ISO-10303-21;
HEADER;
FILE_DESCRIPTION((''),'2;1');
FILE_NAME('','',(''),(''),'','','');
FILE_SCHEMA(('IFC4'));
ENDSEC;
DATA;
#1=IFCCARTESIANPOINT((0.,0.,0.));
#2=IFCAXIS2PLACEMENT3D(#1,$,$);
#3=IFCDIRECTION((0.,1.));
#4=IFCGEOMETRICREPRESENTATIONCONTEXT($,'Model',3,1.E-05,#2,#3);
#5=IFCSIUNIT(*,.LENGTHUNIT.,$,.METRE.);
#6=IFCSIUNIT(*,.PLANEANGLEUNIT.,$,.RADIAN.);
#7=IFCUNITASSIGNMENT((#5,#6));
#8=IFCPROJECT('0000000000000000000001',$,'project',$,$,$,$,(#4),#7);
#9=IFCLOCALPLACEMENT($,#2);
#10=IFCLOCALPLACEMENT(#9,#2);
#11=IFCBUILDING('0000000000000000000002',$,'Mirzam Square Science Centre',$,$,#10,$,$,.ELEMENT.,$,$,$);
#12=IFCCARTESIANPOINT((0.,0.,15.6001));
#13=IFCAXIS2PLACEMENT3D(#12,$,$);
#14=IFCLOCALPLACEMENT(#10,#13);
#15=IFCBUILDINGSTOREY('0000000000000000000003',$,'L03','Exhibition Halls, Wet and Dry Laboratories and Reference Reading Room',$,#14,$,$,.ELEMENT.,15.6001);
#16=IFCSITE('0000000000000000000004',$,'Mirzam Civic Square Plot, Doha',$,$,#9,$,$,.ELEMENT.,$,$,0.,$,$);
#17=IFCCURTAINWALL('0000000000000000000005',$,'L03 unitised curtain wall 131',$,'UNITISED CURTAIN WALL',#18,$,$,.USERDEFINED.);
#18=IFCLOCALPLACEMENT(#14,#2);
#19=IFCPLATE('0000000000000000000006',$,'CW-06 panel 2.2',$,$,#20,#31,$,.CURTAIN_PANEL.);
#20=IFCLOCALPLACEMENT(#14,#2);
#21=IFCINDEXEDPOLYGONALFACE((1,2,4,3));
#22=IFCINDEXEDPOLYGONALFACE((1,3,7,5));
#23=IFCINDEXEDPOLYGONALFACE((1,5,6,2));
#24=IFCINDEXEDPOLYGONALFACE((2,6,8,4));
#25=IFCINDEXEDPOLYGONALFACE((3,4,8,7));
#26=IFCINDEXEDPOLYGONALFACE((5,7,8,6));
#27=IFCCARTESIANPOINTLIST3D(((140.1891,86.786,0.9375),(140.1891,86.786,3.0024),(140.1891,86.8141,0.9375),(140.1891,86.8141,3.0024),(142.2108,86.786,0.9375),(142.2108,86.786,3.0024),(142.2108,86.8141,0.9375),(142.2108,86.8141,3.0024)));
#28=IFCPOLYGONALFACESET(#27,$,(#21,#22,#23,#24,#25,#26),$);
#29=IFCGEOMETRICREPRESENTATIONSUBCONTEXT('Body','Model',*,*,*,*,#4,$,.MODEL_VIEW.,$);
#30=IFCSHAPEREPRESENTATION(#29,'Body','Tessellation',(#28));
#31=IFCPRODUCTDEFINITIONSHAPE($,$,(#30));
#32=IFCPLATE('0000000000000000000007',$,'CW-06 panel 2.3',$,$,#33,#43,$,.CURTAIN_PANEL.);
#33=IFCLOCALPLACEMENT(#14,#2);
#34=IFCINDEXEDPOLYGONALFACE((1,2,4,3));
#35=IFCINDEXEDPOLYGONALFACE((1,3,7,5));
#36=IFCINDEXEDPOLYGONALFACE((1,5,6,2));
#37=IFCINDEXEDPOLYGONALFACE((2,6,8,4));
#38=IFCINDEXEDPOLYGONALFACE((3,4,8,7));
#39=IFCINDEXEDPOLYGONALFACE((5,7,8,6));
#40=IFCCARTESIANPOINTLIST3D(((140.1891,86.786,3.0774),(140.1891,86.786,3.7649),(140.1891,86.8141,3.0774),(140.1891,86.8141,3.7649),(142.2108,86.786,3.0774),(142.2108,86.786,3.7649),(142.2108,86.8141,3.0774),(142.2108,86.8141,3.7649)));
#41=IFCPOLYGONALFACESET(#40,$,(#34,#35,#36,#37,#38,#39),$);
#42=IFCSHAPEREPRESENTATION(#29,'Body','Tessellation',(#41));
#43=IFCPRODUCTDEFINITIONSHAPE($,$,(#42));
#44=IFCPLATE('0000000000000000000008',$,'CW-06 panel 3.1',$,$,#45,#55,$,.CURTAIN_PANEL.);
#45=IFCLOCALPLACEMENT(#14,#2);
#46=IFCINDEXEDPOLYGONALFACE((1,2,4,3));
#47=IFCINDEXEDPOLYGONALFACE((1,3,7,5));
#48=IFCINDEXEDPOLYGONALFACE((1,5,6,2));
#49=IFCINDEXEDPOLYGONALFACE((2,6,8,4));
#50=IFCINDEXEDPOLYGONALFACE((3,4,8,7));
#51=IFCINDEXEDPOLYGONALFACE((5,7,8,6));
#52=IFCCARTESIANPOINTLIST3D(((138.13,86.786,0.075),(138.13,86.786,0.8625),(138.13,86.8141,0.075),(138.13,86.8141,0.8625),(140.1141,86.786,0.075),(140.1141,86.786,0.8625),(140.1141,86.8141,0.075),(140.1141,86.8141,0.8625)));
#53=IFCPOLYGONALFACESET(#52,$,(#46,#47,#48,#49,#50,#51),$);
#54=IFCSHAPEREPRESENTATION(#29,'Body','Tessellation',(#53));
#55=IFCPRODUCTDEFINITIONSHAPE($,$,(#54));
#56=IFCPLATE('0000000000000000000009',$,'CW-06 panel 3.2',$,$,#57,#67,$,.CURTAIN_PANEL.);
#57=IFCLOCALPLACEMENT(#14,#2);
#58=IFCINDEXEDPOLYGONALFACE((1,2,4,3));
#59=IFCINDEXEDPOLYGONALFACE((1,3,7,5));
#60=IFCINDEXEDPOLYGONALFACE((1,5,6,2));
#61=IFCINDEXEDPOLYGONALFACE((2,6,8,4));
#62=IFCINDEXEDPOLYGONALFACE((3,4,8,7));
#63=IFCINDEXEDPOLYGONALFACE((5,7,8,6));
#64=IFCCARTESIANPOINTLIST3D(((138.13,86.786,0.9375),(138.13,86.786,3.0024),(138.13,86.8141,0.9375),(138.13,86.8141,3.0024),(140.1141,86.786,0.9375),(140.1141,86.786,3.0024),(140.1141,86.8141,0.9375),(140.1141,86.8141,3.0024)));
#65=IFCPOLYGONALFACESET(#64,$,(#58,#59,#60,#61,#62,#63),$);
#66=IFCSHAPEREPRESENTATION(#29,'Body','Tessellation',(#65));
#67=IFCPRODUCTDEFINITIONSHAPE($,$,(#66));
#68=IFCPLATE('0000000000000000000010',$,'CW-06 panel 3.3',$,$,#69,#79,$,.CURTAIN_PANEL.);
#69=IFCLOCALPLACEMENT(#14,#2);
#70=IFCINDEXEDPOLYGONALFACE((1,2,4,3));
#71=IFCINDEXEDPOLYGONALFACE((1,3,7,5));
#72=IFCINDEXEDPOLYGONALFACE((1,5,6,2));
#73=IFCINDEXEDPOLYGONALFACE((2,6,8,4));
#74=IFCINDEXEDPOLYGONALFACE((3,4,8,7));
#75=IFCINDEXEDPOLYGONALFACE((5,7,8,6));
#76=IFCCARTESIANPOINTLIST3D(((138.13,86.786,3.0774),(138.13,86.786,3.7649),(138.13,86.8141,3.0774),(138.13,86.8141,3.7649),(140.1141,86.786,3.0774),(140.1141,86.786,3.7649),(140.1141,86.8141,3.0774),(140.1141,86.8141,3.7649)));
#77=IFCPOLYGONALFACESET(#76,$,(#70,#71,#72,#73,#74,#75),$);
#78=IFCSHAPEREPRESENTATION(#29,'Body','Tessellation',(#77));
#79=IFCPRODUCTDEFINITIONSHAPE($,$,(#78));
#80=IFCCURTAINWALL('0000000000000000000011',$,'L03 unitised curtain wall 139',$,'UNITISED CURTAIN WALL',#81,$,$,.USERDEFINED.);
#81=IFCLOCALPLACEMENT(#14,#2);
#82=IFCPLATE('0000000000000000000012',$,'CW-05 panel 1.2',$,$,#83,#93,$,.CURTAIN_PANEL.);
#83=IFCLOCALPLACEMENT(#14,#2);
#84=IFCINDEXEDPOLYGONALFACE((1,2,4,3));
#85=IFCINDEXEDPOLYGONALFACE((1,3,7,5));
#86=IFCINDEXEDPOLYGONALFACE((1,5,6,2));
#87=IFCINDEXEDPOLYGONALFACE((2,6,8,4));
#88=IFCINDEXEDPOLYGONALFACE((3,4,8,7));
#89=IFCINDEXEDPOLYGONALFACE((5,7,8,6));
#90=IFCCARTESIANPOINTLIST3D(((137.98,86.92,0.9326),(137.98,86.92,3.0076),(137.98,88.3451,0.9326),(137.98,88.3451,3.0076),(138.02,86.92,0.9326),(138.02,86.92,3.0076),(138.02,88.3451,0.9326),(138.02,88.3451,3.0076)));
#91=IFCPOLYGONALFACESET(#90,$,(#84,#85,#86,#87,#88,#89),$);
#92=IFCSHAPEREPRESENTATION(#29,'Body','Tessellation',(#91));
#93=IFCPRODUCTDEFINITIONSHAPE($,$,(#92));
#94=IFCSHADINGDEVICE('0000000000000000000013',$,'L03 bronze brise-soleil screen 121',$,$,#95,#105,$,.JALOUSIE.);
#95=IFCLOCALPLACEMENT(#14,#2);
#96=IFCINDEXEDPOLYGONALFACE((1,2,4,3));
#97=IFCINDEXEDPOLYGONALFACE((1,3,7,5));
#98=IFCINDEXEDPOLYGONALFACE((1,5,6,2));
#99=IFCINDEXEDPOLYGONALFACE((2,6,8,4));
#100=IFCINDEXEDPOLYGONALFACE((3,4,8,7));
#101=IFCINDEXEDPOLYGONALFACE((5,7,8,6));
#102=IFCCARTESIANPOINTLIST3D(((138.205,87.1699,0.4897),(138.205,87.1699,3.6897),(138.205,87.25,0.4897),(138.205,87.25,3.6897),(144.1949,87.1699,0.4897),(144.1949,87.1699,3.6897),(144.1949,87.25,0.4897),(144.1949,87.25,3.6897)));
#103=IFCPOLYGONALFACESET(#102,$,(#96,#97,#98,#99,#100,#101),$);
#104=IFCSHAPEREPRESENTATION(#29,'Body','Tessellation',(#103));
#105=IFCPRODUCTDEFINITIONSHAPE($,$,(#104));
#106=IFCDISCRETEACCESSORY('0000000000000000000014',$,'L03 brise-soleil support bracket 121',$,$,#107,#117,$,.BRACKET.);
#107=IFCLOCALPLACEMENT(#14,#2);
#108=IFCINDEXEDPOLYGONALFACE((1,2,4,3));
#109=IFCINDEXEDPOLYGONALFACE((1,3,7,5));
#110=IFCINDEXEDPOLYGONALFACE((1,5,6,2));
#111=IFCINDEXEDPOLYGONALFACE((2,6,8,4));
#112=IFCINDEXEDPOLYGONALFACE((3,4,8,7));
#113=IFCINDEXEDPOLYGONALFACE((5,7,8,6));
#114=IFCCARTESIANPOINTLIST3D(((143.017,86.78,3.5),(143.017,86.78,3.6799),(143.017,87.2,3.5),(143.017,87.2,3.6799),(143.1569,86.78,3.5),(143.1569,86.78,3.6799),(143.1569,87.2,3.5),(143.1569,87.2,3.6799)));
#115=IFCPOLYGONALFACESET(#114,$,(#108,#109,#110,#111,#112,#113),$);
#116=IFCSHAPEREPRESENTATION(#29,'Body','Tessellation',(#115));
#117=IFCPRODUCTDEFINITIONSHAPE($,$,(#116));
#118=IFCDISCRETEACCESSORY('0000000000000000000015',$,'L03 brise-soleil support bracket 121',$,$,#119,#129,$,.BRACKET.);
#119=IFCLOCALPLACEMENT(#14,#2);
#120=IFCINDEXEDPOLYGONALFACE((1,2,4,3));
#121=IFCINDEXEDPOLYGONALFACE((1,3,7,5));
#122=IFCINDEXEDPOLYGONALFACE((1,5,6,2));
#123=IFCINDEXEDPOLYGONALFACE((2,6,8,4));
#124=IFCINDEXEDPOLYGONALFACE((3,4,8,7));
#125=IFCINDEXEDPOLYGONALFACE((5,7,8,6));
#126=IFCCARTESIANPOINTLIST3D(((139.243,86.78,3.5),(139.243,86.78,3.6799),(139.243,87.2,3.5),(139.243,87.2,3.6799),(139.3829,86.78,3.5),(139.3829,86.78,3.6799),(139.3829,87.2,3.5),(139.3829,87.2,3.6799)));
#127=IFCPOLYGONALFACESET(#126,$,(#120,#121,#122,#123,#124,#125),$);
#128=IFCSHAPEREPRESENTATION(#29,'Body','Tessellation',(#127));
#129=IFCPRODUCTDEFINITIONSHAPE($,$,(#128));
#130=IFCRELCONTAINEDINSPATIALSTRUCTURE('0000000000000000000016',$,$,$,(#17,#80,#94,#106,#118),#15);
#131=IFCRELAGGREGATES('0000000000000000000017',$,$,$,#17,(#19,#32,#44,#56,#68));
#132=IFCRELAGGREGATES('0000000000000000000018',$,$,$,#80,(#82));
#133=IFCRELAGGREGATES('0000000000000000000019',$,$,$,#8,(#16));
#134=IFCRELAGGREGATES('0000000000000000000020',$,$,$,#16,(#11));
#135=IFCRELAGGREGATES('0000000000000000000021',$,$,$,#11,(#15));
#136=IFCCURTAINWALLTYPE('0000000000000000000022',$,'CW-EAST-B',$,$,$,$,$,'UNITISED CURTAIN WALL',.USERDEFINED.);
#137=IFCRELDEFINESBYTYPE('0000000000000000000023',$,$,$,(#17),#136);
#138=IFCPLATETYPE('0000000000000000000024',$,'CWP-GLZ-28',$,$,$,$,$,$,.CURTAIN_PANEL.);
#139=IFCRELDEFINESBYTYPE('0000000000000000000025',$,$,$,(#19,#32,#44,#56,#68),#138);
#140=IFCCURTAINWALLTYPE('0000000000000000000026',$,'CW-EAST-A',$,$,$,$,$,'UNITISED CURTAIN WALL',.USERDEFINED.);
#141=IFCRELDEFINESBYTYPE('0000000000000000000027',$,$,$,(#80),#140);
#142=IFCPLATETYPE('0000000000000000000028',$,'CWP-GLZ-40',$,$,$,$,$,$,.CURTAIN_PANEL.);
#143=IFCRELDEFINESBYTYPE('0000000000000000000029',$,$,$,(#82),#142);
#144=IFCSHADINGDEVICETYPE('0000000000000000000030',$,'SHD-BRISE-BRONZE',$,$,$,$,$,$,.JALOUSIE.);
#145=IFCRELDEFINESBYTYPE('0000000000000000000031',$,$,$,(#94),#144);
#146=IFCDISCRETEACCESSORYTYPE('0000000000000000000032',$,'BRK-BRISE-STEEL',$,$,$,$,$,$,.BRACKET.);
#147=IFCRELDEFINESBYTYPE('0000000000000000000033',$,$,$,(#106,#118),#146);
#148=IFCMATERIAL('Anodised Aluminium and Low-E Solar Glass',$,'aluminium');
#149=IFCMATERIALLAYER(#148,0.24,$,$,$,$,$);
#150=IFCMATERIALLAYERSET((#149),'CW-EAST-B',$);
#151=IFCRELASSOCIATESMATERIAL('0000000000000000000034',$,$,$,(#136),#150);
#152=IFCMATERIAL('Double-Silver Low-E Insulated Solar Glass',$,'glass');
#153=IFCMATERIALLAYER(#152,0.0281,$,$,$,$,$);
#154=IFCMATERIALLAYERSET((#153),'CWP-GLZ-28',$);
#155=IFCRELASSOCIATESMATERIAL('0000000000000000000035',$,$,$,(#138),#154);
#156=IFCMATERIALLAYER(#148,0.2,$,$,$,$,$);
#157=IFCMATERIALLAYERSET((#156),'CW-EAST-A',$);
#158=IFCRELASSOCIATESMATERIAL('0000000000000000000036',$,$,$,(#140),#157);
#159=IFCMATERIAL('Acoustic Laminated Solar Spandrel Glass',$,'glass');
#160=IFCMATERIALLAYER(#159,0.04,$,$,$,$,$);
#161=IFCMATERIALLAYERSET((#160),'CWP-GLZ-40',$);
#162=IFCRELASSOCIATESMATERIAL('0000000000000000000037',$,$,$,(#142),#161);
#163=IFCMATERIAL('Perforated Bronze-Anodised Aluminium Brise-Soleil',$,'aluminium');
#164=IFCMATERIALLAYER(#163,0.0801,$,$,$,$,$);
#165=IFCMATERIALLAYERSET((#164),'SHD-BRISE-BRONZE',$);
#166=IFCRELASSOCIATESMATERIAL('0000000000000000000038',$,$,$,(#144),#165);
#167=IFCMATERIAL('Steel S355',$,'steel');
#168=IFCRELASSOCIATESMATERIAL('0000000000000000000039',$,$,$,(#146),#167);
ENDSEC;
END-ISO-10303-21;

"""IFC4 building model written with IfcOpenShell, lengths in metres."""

from ifc_helpers import new_model, si_unit, direction, frame, origin, origin_2d, place, context, subcontext, project, spatial, rectangle, extrude, material, layer, layer_set, type_object, element, aggregate, save


model = new_model("IFC4")

# Units and contexts
model_context = context("Model", 3, precision=1e-05, world=origin(), true_north=direction((0.0, 1.0)))
body_context = subcontext(model_context, "Body", "Model", "MODEL_VIEW")
ifc_project = project(units=[si_unit("LENGTHUNIT", "METRE"), si_unit("PLANEANGLEUNIT", "RADIAN")], contexts=[model_context])

# Site, building, storey
site_placement = place(None, origin())
site = spatial("IfcSite", under=ifc_project, at=site_placement, Name="Mirzam Civic Square Plot, Doha", CompositionType="ELEMENT", RefElevation=0.0)
building_placement = place(site_placement, origin())
building = spatial("IfcBuilding", under=site, at=building_placement, Name="Mirzam Square Science Centre", CompositionType="ELEMENT")
storey_placement = place(building_placement, frame((0.0, 0.0, 15.6001)))
storey = spatial("IfcBuildingStorey", under=building, at=storey_placement, Name="L03", Description="Exhibition Halls, Wet and Dry Laboratories and Reference Reading Room", CompositionType="ELEMENT", Elevation=15.6001)

# Shared definitions
ifc_material_1 = material(Name="Steel S355", Category="steel")

# Curtain wall
ifc_material_2 = material(Name="Anodised Aluminium and Low-E Solar Glass", Category="aluminium")
ifc_layer_1 = layer(ifc_material_2, 0.24)
ifc_layer_set_1 = layer_set([ifc_layer_1], Name="CW-EAST-B")
curtain_wall_type_1 = type_object("IfcCurtainWallType", Name="CW-EAST-B", ElementType="UNITISED CURTAIN WALL", PredefinedType="USERDEFINED", material=ifc_layer_set_1)
curtain_wall_1_placement = place(storey_placement, origin())
curtain_wall_1 = element("IfcCurtainWall", 1, at=curtain_wall_1_placement, inside=storey, type_object=curtain_wall_type_1, Name="L03 unitised curtain wall 131", ObjectType="UNITISED CURTAIN WALL", PredefinedType="USERDEFINED")

# Plates
ifc_material_3 = material(Name="Double-Silver Low-E Insulated Solar Glass", Category="glass")
ifc_layer_2 = layer(ifc_material_3, 0.0281)
ifc_layer_set_2 = layer_set([ifc_layer_2], Name="CWP-GLZ-28")
plate_type_1 = type_object("IfcPlateType", Name="CWP-GLZ-28", PredefinedType="CURTAIN_PANEL", material=ifc_layer_set_2)
plate_1_placement = place(storey_placement, frame((141.2, 86.8, 0.9375), z_axis=(0.0, 0.0, 1.0), x_axis=(-1.0, 0.0, 0.0)))
plate_1 = element("IfcPlate", 2, at=plate_1_placement, type_object=plate_type_1, Name="CW-06 panel 2.2", PredefinedType="CURTAIN_PANEL", context=body_context, shape_type="SweptSolid", body=[
    extrude(rectangle(XDim=2.0217, YDim=0.0281, at=origin_2d()), origin(), (0.0, 0.0, 1.0), 2.0649),
])
plate_2_placement = place(storey_placement, frame((141.2, 86.8, 3.0774), z_axis=(0.0, 0.0, 1.0), x_axis=(-1.0, 0.0, 0.0)))
plate_2 = element("IfcPlate", 3, at=plate_2_placement, type_object=plate_type_1, Name="CW-06 panel 2.3", PredefinedType="CURTAIN_PANEL", context=body_context, shape_type="SweptSolid", body=[
    extrude(rectangle(XDim=2.0217, YDim=0.0281, at=origin_2d()), origin(), (0.0, 0.0, 1.0), 0.6875),
])
plate_3_placement = place(storey_placement, frame((139.1221, 86.8, 0.075), z_axis=(0.0, 0.0, 1.0), x_axis=(-1.0, 0.0, 0.0)))
plate_3 = element("IfcPlate", 4, at=plate_3_placement, type_object=plate_type_1, Name="CW-06 panel 3.1", PredefinedType="CURTAIN_PANEL", context=body_context, shape_type="SweptSolid", body=[
    extrude(rectangle(XDim=1.9841, YDim=0.0281, at=origin_2d()), origin(), (0.0, 0.0, 1.0), 0.7876),
])
plate_4_placement = place(storey_placement, frame((139.1221, 86.8, 0.9375), z_axis=(0.0, 0.0, 1.0), x_axis=(-1.0, 0.0, 0.0)))
plate_4 = element("IfcPlate", 5, at=plate_4_placement, type_object=plate_type_1, Name="CW-06 panel 3.2", PredefinedType="CURTAIN_PANEL", context=body_context, shape_type="SweptSolid", body=[
    extrude(rectangle(XDim=1.9841, YDim=0.0281, at=origin_2d()), origin(), (0.0, 0.0, 1.0), 2.0649),
])
plate_5_placement = place(storey_placement, frame((139.1221, 86.8, 3.0774), z_axis=(0.0, 0.0, 1.0), x_axis=(-1.0, 0.0, 0.0)))
plate_5 = element("IfcPlate", 6, at=plate_5_placement, type_object=plate_type_1, Name="CW-06 panel 3.3", PredefinedType="CURTAIN_PANEL", context=body_context, shape_type="SweptSolid", body=[
    extrude(rectangle(XDim=1.9841, YDim=0.0281, at=origin_2d()), origin(), (0.0, 0.0, 1.0), 0.6875),
])
aggregate(curtain_wall_1, [plate_1, plate_2, plate_3, plate_4, plate_5])

# Curtain wall, plate
ifc_layer_3 = layer(ifc_material_2, 0.2)
ifc_layer_set_3 = layer_set([ifc_layer_3], Name="CW-EAST-A")
curtain_wall_type_2 = type_object("IfcCurtainWallType", Name="CW-EAST-A", ElementType="UNITISED CURTAIN WALL", PredefinedType="USERDEFINED", material=ifc_layer_set_3)
curtain_wall_2_placement = place(storey_placement, origin())
curtain_wall_2 = element("IfcCurtainWall", 7, at=curtain_wall_2_placement, inside=storey, type_object=curtain_wall_type_2, Name="L03 unitised curtain wall 139", ObjectType="UNITISED CURTAIN WALL", PredefinedType="USERDEFINED")
ifc_material_4 = material(Name="Acoustic Laminated Solar Spandrel Glass", Category="glass")
ifc_layer_4 = layer(ifc_material_4, 0.04)
ifc_layer_set_4 = layer_set([ifc_layer_4], Name="CWP-GLZ-40")
plate_type_2 = type_object("IfcPlateType", Name="CWP-GLZ-40", PredefinedType="CURTAIN_PANEL", material=ifc_layer_set_4)
plate_6_placement = place(storey_placement, frame((138.0, 87.6326, 0.9326), z_axis=(0.0, 0.0, 1.0), x_axis=(0.0, 1.0, 0.0)))
plate_6 = element("IfcPlate", 8, at=plate_6_placement, type_object=plate_type_2, Name="CW-05 panel 1.2", PredefinedType="CURTAIN_PANEL", context=body_context, shape_type="SweptSolid", body=[
    extrude(rectangle(XDim=1.425, YDim=0.04, at=origin_2d()), origin(), (0.0, 0.0, 1.0), 2.075),
])
aggregate(curtain_wall_2, [plate_6])

# Shading device
ifc_material_5 = material(Name="Perforated Bronze-Anodised Aluminium Brise-Soleil", Category="aluminium")
ifc_layer_5 = layer(ifc_material_5, 0.0801)
ifc_layer_set_5 = layer_set([ifc_layer_5], Name="SHD-BRISE-BRONZE")
shading_device_type = type_object("IfcShadingDeviceType", Name="SHD-BRISE-BRONZE", PredefinedType="JALOUSIE", material=ifc_layer_set_5)
shading_device_placement = place(storey_placement, frame((141.2, 87.21, 0.4897), z_axis=(0.0, 0.0, 1.0), x_axis=(-1.0, 0.0, 0.0)))
element("IfcShadingDevice", 9, at=shading_device_placement, inside=storey, type_object=shading_device_type, Name="L03 bronze brise-soleil screen 121", PredefinedType="JALOUSIE", context=body_context, shape_type="SweptSolid", body=[
    extrude(rectangle(XDim=5.99, YDim=0.0801, at=origin_2d()), origin(), (0.0, 0.0, 1.0), 3.2),
])

# Discrete accessories
discrete_accessory_type = type_object("IfcDiscreteAccessoryType", Name="BRK-BRISE-STEEL", PredefinedType="BRACKET", material=ifc_material_1)
for number, where, z_axis, x_axis, name in (
    (10, (143.0869, 86.99, 3.5), (0.0, 0.0, 1.0), (-1.0, 0.0, 0.0), "L03 brise-soleil support bracket 121"),
    (11, (139.313, 86.99, 3.5), (0.0, 0.0, 1.0), (-1.0, 0.0, 0.0), "L03 brise-soleil support bracket 121"),
):
    element("IfcDiscreteAccessory", number, at=place(storey_placement, frame(where, z_axis=z_axis, x_axis=x_axis)), inside=storey, type_object=discrete_accessory_type, Name=name, PredefinedType="BRACKET", context=body_context, shape_type="SweptSolid", body=[
        extrude(rectangle(XDim=0.1399, YDim=0.4199, at=origin_2d()), origin(), (0.0, 0.0, 1.0), 0.1799),
    ])

save(model, "model.ifc")
